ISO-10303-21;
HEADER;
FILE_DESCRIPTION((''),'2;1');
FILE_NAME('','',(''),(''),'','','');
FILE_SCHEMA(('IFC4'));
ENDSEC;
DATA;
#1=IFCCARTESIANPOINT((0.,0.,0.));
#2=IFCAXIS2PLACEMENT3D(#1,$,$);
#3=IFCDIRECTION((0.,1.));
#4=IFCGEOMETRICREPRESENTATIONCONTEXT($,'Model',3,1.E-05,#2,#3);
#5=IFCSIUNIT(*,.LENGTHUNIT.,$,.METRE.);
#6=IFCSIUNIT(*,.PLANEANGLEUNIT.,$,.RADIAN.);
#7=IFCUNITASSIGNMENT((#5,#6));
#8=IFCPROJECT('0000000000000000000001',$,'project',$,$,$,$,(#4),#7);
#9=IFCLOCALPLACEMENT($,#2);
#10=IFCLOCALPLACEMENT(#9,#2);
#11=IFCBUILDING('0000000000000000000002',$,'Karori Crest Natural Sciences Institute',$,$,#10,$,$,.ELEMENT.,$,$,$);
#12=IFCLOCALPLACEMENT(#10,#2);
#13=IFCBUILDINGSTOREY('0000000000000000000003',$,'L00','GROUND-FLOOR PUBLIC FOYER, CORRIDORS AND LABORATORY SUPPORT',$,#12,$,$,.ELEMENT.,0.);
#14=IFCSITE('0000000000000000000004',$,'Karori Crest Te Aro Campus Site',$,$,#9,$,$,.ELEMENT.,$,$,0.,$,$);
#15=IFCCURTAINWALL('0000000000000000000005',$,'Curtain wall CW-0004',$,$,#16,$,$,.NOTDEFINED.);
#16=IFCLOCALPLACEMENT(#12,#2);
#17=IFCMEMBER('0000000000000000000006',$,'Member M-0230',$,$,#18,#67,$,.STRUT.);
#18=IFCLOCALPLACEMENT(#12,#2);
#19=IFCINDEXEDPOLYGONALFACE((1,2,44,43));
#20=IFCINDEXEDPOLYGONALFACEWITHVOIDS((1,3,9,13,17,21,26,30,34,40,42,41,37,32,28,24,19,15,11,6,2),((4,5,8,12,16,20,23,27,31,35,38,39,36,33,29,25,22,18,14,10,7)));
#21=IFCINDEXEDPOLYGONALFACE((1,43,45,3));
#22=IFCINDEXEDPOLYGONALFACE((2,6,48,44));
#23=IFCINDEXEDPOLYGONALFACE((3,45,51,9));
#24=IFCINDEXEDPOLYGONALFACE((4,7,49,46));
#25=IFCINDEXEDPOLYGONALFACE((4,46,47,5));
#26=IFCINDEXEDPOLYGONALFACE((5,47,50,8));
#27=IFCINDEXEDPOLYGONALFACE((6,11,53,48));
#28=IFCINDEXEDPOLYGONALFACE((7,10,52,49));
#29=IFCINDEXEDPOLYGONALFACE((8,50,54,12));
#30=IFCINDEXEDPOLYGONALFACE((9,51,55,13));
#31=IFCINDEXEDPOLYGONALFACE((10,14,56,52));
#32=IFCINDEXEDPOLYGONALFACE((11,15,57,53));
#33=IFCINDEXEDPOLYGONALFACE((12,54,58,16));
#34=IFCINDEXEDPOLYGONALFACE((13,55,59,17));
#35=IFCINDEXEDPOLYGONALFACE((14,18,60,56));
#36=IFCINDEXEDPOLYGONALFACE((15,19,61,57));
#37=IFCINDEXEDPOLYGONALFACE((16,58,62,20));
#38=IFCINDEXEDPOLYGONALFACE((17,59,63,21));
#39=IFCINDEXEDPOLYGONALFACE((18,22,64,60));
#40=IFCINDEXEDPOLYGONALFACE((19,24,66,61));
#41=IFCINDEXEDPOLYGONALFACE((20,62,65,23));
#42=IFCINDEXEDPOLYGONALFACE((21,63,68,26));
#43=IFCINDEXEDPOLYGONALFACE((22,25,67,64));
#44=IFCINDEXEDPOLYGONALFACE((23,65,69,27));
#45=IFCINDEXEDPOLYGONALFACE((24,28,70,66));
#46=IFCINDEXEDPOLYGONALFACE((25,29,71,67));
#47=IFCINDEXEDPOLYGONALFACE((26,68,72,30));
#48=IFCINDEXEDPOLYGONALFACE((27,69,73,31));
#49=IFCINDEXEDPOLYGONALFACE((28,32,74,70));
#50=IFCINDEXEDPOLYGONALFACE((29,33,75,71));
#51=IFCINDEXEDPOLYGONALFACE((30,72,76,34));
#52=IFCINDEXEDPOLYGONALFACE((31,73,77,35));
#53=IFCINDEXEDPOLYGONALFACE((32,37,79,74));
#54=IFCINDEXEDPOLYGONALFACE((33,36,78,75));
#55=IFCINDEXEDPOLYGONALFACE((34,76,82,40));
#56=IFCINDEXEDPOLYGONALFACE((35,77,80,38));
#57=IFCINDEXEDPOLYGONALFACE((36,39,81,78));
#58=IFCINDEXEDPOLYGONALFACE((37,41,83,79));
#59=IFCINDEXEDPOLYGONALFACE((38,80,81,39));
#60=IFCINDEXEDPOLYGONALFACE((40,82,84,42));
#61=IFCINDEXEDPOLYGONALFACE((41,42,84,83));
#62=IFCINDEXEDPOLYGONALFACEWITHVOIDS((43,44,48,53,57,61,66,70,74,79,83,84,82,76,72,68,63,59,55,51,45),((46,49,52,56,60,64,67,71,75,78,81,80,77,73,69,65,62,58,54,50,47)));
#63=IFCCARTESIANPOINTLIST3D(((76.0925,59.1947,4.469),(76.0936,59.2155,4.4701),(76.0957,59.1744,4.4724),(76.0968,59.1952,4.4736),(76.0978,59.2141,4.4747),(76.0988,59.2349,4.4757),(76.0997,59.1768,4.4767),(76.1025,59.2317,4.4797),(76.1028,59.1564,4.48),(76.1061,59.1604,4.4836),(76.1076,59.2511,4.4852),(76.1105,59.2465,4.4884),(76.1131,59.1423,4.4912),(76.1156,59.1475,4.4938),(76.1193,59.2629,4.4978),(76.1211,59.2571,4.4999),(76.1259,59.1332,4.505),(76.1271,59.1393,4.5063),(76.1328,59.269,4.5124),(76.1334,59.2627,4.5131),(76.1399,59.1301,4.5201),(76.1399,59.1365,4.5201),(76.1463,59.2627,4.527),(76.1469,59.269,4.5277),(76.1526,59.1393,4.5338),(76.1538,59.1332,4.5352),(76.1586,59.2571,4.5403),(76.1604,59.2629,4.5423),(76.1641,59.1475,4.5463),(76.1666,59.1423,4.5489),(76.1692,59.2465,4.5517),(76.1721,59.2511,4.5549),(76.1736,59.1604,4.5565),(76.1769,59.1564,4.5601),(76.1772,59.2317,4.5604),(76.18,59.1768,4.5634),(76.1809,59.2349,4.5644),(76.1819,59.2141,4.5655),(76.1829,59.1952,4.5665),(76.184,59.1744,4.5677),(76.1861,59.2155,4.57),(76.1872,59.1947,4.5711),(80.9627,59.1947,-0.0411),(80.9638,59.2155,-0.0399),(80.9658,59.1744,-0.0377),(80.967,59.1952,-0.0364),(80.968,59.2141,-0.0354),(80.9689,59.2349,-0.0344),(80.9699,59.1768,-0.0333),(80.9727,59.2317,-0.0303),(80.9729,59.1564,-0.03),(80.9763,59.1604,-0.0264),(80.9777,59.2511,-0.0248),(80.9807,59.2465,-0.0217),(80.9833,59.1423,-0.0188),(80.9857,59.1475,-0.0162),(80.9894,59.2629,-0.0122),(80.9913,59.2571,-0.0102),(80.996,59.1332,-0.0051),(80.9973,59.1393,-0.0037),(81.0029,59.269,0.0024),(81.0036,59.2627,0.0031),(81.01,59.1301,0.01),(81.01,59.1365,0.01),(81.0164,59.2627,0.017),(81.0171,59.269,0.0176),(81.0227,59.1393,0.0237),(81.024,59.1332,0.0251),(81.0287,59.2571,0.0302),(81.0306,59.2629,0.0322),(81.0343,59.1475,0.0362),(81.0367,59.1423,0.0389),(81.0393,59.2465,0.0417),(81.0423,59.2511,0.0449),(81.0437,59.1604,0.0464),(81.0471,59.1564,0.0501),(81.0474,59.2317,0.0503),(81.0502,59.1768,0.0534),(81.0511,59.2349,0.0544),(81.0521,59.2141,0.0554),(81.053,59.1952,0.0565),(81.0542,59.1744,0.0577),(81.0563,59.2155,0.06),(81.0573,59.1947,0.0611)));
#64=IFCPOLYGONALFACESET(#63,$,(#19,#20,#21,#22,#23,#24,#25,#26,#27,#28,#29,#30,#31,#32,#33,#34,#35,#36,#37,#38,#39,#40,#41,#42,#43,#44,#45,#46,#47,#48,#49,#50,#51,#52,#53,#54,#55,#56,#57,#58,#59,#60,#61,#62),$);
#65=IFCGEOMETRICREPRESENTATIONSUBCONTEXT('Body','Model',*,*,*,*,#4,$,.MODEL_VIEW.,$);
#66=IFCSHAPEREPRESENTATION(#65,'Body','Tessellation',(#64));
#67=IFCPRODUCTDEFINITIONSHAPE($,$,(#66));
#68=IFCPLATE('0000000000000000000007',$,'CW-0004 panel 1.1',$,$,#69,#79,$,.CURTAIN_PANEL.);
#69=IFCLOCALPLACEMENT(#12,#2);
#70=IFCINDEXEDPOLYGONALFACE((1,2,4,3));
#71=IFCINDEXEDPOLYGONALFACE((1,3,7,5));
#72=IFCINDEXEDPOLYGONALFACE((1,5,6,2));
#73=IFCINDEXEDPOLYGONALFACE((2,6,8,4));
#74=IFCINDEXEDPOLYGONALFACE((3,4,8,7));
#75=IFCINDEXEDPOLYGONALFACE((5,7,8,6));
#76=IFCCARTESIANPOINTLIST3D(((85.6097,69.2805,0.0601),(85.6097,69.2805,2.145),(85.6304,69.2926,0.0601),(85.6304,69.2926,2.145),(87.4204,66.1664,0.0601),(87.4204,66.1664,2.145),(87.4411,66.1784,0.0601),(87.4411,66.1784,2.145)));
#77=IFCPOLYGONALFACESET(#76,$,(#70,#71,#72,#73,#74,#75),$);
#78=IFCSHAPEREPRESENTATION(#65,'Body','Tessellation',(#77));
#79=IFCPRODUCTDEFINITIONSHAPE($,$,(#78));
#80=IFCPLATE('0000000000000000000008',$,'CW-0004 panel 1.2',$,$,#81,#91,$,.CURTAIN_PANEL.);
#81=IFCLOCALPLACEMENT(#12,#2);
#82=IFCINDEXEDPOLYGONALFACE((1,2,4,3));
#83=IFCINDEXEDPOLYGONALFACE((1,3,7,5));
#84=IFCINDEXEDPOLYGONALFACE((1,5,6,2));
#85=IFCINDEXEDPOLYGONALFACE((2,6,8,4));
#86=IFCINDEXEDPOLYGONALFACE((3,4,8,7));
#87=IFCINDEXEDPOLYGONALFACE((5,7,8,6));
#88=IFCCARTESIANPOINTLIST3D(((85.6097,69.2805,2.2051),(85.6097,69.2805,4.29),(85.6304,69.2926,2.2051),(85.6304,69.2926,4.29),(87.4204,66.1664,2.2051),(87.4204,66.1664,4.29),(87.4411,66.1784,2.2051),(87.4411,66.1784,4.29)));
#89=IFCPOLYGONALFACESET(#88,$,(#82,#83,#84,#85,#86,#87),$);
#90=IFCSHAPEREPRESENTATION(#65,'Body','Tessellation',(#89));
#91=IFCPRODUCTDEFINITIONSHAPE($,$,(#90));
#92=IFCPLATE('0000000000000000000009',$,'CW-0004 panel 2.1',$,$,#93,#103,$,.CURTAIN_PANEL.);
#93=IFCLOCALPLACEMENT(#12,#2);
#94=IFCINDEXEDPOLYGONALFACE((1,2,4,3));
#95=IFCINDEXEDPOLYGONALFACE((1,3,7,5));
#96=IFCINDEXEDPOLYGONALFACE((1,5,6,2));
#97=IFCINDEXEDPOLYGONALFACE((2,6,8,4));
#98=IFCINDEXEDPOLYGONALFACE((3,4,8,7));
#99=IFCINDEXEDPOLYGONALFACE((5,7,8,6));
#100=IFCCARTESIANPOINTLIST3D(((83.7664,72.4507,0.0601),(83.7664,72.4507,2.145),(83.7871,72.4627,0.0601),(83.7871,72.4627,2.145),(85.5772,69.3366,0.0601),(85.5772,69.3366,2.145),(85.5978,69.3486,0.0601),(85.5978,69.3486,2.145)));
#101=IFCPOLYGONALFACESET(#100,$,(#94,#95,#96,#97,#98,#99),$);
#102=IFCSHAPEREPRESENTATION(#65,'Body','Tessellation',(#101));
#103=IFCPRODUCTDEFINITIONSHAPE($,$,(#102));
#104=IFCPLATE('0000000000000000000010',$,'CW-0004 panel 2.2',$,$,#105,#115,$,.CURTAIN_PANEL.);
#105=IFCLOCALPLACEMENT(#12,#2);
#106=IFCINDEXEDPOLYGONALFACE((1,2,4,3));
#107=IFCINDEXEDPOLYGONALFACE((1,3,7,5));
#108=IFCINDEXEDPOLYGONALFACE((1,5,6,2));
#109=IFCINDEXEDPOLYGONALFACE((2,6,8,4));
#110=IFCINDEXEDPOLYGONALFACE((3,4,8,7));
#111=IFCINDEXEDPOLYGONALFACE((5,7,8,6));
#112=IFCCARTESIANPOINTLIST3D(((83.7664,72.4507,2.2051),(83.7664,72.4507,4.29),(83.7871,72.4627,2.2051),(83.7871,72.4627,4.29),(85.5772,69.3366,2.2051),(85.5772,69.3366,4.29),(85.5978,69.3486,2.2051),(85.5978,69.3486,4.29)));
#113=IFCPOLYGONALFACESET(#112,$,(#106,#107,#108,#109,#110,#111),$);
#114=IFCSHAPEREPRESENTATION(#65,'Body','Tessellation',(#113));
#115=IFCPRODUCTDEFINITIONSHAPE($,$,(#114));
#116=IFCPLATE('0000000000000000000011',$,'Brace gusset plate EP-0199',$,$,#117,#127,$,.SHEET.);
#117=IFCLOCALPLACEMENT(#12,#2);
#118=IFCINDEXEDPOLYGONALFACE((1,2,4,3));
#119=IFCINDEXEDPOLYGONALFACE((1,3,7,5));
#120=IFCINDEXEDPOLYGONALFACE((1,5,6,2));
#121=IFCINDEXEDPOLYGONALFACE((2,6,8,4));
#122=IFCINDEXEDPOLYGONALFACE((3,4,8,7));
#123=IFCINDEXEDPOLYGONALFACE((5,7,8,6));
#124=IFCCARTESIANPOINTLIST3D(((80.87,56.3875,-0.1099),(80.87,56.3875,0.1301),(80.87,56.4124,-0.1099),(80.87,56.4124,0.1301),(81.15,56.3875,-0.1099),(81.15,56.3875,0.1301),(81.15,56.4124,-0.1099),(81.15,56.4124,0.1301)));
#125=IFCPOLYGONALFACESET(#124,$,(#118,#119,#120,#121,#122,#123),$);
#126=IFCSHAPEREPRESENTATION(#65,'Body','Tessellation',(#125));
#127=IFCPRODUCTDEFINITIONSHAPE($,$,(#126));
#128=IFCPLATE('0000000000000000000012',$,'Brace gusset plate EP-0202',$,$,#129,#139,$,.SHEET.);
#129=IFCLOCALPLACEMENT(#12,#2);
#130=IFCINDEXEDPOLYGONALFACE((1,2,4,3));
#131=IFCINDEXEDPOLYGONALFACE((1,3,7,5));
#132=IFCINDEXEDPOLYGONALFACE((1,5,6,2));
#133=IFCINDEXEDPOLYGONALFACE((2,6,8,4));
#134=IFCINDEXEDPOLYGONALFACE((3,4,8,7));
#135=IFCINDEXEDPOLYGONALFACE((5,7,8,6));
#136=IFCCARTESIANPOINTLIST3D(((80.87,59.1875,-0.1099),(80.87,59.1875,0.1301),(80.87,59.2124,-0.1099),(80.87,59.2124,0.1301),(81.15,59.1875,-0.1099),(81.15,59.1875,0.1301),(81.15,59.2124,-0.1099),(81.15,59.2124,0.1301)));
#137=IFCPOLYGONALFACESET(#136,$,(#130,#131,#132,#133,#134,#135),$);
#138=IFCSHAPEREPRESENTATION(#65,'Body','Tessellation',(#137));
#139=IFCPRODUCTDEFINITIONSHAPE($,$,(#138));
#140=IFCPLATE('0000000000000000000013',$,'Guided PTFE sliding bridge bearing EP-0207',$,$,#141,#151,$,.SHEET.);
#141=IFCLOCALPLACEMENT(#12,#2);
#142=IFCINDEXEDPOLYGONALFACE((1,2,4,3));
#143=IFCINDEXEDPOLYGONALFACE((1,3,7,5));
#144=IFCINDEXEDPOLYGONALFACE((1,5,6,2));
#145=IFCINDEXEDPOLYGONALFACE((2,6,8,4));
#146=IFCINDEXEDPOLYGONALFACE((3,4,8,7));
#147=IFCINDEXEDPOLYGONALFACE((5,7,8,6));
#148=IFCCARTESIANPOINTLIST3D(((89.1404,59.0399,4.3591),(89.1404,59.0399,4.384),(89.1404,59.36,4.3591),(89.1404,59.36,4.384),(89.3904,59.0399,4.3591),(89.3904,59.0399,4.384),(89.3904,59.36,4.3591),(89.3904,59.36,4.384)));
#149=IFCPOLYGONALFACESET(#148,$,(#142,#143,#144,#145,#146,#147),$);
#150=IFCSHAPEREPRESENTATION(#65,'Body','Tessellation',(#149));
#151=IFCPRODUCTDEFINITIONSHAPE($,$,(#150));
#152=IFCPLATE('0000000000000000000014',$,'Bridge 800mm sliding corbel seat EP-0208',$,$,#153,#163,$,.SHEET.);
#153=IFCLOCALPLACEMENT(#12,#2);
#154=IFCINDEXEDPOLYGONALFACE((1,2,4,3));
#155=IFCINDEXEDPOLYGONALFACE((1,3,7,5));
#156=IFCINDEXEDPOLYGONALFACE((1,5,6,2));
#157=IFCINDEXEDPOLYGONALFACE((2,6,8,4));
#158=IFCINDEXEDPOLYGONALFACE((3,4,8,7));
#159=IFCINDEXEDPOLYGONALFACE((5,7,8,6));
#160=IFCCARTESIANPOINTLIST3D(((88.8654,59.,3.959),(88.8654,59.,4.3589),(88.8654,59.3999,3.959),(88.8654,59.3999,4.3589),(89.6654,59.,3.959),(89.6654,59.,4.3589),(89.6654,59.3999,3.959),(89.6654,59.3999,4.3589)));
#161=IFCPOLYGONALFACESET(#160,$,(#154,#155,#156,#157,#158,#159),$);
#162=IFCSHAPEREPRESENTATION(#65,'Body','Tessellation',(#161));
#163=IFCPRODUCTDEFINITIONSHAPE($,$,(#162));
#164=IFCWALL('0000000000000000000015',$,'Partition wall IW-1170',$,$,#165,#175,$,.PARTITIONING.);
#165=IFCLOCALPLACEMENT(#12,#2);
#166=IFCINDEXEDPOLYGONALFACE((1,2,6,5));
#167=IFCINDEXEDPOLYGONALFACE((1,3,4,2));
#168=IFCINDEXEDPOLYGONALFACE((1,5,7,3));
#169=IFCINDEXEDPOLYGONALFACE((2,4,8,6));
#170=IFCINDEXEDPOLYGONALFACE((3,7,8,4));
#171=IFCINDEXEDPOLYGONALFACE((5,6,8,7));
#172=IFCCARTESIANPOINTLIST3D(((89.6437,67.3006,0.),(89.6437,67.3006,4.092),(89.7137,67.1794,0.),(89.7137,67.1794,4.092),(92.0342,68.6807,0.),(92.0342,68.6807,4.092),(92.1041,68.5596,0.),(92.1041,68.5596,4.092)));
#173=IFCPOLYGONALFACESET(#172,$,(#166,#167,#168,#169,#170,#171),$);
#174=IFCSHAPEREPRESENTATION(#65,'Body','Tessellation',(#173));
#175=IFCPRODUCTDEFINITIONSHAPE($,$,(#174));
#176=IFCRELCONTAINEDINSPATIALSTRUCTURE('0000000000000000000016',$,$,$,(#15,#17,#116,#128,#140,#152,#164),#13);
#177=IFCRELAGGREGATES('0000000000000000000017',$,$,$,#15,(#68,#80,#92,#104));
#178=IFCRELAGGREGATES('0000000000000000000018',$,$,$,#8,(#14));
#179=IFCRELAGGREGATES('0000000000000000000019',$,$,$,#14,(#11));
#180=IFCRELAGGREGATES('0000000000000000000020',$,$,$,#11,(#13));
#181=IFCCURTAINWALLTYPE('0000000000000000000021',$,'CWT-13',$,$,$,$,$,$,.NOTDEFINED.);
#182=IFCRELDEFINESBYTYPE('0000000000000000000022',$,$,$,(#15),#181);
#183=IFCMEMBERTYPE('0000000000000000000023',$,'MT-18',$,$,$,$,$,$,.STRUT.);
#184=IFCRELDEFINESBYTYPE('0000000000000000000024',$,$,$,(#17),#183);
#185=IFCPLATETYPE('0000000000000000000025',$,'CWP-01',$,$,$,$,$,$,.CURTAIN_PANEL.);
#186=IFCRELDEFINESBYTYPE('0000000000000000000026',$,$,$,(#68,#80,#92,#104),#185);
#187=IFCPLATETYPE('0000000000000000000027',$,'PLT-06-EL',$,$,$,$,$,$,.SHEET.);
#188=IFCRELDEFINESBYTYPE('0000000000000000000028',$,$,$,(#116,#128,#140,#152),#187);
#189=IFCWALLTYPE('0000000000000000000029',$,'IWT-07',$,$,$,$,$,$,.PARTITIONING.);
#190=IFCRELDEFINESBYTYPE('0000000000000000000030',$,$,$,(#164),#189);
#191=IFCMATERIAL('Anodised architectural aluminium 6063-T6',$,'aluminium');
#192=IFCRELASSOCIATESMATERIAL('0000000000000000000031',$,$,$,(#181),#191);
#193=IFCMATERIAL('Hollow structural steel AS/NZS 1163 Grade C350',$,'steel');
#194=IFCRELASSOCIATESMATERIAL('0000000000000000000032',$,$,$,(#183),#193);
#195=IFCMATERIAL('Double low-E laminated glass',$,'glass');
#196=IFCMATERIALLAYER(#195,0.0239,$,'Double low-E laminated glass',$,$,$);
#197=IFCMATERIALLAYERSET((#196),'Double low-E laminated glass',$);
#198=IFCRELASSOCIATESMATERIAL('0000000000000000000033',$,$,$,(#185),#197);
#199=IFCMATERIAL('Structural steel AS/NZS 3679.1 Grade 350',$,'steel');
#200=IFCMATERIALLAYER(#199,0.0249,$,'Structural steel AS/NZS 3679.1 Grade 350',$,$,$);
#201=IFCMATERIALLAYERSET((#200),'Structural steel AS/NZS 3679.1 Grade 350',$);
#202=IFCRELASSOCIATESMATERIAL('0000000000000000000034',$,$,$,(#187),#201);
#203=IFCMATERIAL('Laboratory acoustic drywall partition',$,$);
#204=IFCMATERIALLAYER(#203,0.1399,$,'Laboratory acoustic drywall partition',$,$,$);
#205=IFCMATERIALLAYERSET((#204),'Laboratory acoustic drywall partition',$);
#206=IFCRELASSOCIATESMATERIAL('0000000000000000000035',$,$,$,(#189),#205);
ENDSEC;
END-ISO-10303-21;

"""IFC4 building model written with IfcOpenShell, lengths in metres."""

from ifc_helpers import new_model, si_unit, direction, frame, frame_2d, origin, origin_2d, place, context, subcontext, project, spatial, rectangle, hollow_circle, extrude, material, layer, layer_set, material_profile, profile_set, type_object, element, aggregate, save


model = new_model("IFC4")

# Units and contexts
model_context = context("Model", 3, precision=1e-05, world=origin(), true_north=direction((0.0, 1.0)))
body_context = subcontext(model_context, "Body", "Model", "MODEL_VIEW")
ifc_project = project(units=[si_unit("LENGTHUNIT", "METRE"), si_unit("PLANEANGLEUNIT", "RADIAN")], contexts=[model_context])

# Site, building, storey
site_placement = place(None, origin())
site = spatial("IfcSite", under=ifc_project, at=site_placement, Name="Karori Crest Te Aro Campus Site", CompositionType="ELEMENT", RefElevation=0.0)
building_placement = place(site_placement, origin())
building = spatial("IfcBuilding", under=site, at=building_placement, Name="Karori Crest Natural Sciences Institute", CompositionType="ELEMENT")
storey_placement = place(building_placement, origin())
storey = spatial("IfcBuildingStorey", under=building, at=storey_placement, Name="L00", Description="GROUND-FLOOR PUBLIC FOYER, CORRIDORS AND LABORATORY SUPPORT", CompositionType="ELEMENT", Elevation=0.0)

# Shared definitions
ifc_material_1 = material(Name="Hollow structural steel AS/NZS 1163 Grade C350", Category="steel")

# Shared definitions
ifc_material_2 = material(Name="Structural steel AS/NZS 3679.1 Grade 350", Category="steel")

# Curtain wall
ifc_material_3 = material(Name="Anodised architectural aluminium 6063-T6", Category="aluminium")
curtain_wall_type = type_object("IfcCurtainWallType", Name="CWT-13", PredefinedType="NOTDEFINED", material=ifc_material_3)
curtain_wall_placement = place(storey_placement, origin())
curtain_wall = element("IfcCurtainWall", 1, at=curtain_wall_placement, inside=storey, type_object=curtain_wall_type, Name="Curtain wall CW-0004", PredefinedType="NOTDEFINED")

# Member
ifc_material_profile_1 = material_profile(ifc_material_1, hollow_circle(Radius=0.0698, WallThickness=0.0063, at=origin_2d()), Name="CHS139.7x6.4")
ifc_profile_set_1 = profile_set([ifc_material_profile_1], Name="Hollow structural steel AS/NZS 1163 Grade C350")
member_type_1 = type_object("IfcMemberType", Name="MT-18", PredefinedType="STRUT", material=ifc_profile_set_1)
for number, where, z_axis, x_axis, name in (
    (2, (81.01, 59.2, 0.01), (-0.733712, 0.0, 0.67946), (0.0, -1.0, 0.0), "Member M-0230"),
):
    element("IfcMember", number, at=place(storey_placement, frame(where, z_axis=z_axis, x_axis=x_axis)), inside=storey, type_object=member_type_1, Name=name, PredefinedType="STRUT", context=body_context, shape_type="SweptSolid", body=[
        extrude(hollow_circle(Radius=0.0698, WallThickness=0.0063, at=origin_2d()), origin(), (0.0, 0.0, 1.0), 6.6377),
    ])

# Plates
ifc_material_4 = material(Name="Double low-E laminated glass", Category="glass")
ifc_layer_1 = layer(ifc_material_4, 0.0239, Name="Double low-E laminated glass")
ifc_layer_set_1 = layer_set([ifc_layer_1], Name="Double low-E laminated glass")
plate_type_1 = type_object("IfcPlateType", Name="CWP-01", PredefinedType="CURTAIN_PANEL", material=ifc_layer_set_1)
plate_1_placement = place(storey_placement, frame((86.5254, 67.7295, 0.0601), z_axis=(0.0, 0.0, 1.0), x_axis=(-0.50266, 0.864484, 0.0)))
plate_1 = element("IfcPlate", 3, at=plate_1_placement, type_object=plate_type_1, Name="CW-0004 panel 1.1", PredefinedType="CURTAIN_PANEL", context=body_context, shape_type="SweptSolid", body=[
    extrude(rectangle(XDim=3.6023, YDim=0.0239, at=origin_2d()), origin(), (0.0, 0.0, 1.0), 2.085),
])
plate_2_placement = place(storey_placement, frame((86.5254, 67.7295, 2.2051), z_axis=(0.0, 0.0, 1.0), x_axis=(-0.50266, 0.864484, 0.0)))
plate_2 = element("IfcPlate", 4, at=plate_2_placement, type_object=plate_type_1, Name="CW-0004 panel 1.2", PredefinedType="CURTAIN_PANEL", context=body_context, shape_type="SweptSolid", body=[
    extrude(rectangle(XDim=3.6023, YDim=0.0239, at=origin_2d()), origin(), (0.0, 0.0, 1.0), 2.085),
])
plate_3_placement = place(storey_placement, frame((84.6821, 70.8997, 0.0601), z_axis=(0.0, 0.0, 1.0), x_axis=(-0.50266, 0.864484, 0.0)))
plate_3 = element("IfcPlate", 5, at=plate_3_placement, type_object=plate_type_1, Name="CW-0004 panel 2.1", PredefinedType="CURTAIN_PANEL", context=body_context, shape_type="SweptSolid", body=[
    extrude(rectangle(XDim=3.6023, YDim=0.0239, at=origin_2d()), origin(), (0.0, 0.0, 1.0), 2.085),
])
plate_4_placement = place(storey_placement, frame((84.6821, 70.8997, 2.2051), z_axis=(0.0, 0.0, 1.0), x_axis=(-0.50266, 0.864484, 0.0)))
plate_4 = element("IfcPlate", 6, at=plate_4_placement, type_object=plate_type_1, Name="CW-0004 panel 2.2", PredefinedType="CURTAIN_PANEL", context=body_context, shape_type="SweptSolid", body=[
    extrude(rectangle(XDim=3.6023, YDim=0.0239, at=origin_2d()), origin(), (0.0, 0.0, 1.0), 2.085),
])
aggregate(curtain_wall, [plate_1, plate_2, plate_3, plate_4])

# Plates
ifc_layer_2 = layer(ifc_material_2, 0.0249, Name="Structural steel AS/NZS 3679.1 Grade 350")
ifc_layer_set_2 = layer_set([ifc_layer_2], Name="Structural steel AS/NZS 3679.1 Grade 350")
plate_type_2 = type_object("IfcPlateType", Name="PLT-06-EL", PredefinedType="SHEET", material=ifc_layer_set_2)
for number, where, z_axis, x_axis, name in (
    (7, (81.01, 56.3999, -0.1099), (0.0, 0.0, 1.0), (1.0, 0.0, 0.0), "Brace gusset plate EP-0199"),
    (8, (81.01, 59.2, -0.1099), (0.0, 0.0, 1.0), (1.0, 0.0, 0.0), "Brace gusset plate EP-0202"),
):
    element("IfcPlate", number, at=place(storey_placement, frame(where, z_axis=z_axis, x_axis=x_axis)), inside=storey, type_object=plate_type_2, Name=name, PredefinedType="SHEET", context=body_context, shape_type="SweptSolid", body=[
        extrude(rectangle(XDim=0.28, YDim=0.0249, at=origin_2d()), origin(), (0.0, 0.0, 1.0), 0.24),
    ])
plate_5_placement = place(storey_placement, frame((89.2654, 59.2, 4.3591), z_axis=(0.0, 0.0, 1.0), x_axis=(1.0, 0.0, 0.0)))
element("IfcPlate", 9, at=plate_5_placement, inside=storey, type_object=plate_type_2, Name="Guided PTFE sliding bridge bearing EP-0207", PredefinedType="SHEET", context=body_context, shape_type="SweptSolid", body=[
    extrude(rectangle(XDim=0.25, YDim=0.3201, at=origin_2d()), origin(), (0.0, 0.0, 1.0), 0.0249),
])
plate_6_placement = place(storey_placement, frame((89.2654, 59.2, 3.959), z_axis=(0.0, 0.0, 1.0), x_axis=(1.0, 0.0, 0.0)))
element("IfcPlate", 10, at=plate_6_placement, inside=storey, type_object=plate_type_2, Name="Bridge 800mm sliding corbel seat EP-0208", PredefinedType="SHEET", context=body_context, shape_type="SweptSolid", body=[
    extrude(rectangle(XDim=0.8, YDim=0.3999, at=origin_2d()), origin(), (0.0, 0.0, 1.0), 0.3999),
])

# Wall
ifc_material_5 = material(Name="Laboratory acoustic drywall partition")
ifc_layer_3 = layer(ifc_material_5, 0.1399, Name="Laboratory acoustic drywall partition")
ifc_layer_set_3 = layer_set([ifc_layer_3], Name="Laboratory acoustic drywall partition")
wall_type_1 = type_object("IfcWallType", Name="IWT-07", PredefinedType="PARTITIONING", material=ifc_layer_set_3)
wall_1_placement = place(storey_placement, frame((89.6787, 67.24, 0.0), z_axis=(0.0, 0.0, 1.0), x_axis=(0.866019, 0.500011, 0.0)))
element("IfcWall", 11, at=wall_1_placement, inside=storey, type_object=wall_type_1, Name="Partition wall IW-1170", PredefinedType="PARTITIONING", context=body_context, shape_type="SweptSolid", body=[
    extrude(rectangle(XDim=2.7603, YDim=0.1399, at=frame_2d((1.3801, 0.0))), origin(), (0.0, 0.0, 1.0), 4.092),
])

save(model, "model.ifc")
